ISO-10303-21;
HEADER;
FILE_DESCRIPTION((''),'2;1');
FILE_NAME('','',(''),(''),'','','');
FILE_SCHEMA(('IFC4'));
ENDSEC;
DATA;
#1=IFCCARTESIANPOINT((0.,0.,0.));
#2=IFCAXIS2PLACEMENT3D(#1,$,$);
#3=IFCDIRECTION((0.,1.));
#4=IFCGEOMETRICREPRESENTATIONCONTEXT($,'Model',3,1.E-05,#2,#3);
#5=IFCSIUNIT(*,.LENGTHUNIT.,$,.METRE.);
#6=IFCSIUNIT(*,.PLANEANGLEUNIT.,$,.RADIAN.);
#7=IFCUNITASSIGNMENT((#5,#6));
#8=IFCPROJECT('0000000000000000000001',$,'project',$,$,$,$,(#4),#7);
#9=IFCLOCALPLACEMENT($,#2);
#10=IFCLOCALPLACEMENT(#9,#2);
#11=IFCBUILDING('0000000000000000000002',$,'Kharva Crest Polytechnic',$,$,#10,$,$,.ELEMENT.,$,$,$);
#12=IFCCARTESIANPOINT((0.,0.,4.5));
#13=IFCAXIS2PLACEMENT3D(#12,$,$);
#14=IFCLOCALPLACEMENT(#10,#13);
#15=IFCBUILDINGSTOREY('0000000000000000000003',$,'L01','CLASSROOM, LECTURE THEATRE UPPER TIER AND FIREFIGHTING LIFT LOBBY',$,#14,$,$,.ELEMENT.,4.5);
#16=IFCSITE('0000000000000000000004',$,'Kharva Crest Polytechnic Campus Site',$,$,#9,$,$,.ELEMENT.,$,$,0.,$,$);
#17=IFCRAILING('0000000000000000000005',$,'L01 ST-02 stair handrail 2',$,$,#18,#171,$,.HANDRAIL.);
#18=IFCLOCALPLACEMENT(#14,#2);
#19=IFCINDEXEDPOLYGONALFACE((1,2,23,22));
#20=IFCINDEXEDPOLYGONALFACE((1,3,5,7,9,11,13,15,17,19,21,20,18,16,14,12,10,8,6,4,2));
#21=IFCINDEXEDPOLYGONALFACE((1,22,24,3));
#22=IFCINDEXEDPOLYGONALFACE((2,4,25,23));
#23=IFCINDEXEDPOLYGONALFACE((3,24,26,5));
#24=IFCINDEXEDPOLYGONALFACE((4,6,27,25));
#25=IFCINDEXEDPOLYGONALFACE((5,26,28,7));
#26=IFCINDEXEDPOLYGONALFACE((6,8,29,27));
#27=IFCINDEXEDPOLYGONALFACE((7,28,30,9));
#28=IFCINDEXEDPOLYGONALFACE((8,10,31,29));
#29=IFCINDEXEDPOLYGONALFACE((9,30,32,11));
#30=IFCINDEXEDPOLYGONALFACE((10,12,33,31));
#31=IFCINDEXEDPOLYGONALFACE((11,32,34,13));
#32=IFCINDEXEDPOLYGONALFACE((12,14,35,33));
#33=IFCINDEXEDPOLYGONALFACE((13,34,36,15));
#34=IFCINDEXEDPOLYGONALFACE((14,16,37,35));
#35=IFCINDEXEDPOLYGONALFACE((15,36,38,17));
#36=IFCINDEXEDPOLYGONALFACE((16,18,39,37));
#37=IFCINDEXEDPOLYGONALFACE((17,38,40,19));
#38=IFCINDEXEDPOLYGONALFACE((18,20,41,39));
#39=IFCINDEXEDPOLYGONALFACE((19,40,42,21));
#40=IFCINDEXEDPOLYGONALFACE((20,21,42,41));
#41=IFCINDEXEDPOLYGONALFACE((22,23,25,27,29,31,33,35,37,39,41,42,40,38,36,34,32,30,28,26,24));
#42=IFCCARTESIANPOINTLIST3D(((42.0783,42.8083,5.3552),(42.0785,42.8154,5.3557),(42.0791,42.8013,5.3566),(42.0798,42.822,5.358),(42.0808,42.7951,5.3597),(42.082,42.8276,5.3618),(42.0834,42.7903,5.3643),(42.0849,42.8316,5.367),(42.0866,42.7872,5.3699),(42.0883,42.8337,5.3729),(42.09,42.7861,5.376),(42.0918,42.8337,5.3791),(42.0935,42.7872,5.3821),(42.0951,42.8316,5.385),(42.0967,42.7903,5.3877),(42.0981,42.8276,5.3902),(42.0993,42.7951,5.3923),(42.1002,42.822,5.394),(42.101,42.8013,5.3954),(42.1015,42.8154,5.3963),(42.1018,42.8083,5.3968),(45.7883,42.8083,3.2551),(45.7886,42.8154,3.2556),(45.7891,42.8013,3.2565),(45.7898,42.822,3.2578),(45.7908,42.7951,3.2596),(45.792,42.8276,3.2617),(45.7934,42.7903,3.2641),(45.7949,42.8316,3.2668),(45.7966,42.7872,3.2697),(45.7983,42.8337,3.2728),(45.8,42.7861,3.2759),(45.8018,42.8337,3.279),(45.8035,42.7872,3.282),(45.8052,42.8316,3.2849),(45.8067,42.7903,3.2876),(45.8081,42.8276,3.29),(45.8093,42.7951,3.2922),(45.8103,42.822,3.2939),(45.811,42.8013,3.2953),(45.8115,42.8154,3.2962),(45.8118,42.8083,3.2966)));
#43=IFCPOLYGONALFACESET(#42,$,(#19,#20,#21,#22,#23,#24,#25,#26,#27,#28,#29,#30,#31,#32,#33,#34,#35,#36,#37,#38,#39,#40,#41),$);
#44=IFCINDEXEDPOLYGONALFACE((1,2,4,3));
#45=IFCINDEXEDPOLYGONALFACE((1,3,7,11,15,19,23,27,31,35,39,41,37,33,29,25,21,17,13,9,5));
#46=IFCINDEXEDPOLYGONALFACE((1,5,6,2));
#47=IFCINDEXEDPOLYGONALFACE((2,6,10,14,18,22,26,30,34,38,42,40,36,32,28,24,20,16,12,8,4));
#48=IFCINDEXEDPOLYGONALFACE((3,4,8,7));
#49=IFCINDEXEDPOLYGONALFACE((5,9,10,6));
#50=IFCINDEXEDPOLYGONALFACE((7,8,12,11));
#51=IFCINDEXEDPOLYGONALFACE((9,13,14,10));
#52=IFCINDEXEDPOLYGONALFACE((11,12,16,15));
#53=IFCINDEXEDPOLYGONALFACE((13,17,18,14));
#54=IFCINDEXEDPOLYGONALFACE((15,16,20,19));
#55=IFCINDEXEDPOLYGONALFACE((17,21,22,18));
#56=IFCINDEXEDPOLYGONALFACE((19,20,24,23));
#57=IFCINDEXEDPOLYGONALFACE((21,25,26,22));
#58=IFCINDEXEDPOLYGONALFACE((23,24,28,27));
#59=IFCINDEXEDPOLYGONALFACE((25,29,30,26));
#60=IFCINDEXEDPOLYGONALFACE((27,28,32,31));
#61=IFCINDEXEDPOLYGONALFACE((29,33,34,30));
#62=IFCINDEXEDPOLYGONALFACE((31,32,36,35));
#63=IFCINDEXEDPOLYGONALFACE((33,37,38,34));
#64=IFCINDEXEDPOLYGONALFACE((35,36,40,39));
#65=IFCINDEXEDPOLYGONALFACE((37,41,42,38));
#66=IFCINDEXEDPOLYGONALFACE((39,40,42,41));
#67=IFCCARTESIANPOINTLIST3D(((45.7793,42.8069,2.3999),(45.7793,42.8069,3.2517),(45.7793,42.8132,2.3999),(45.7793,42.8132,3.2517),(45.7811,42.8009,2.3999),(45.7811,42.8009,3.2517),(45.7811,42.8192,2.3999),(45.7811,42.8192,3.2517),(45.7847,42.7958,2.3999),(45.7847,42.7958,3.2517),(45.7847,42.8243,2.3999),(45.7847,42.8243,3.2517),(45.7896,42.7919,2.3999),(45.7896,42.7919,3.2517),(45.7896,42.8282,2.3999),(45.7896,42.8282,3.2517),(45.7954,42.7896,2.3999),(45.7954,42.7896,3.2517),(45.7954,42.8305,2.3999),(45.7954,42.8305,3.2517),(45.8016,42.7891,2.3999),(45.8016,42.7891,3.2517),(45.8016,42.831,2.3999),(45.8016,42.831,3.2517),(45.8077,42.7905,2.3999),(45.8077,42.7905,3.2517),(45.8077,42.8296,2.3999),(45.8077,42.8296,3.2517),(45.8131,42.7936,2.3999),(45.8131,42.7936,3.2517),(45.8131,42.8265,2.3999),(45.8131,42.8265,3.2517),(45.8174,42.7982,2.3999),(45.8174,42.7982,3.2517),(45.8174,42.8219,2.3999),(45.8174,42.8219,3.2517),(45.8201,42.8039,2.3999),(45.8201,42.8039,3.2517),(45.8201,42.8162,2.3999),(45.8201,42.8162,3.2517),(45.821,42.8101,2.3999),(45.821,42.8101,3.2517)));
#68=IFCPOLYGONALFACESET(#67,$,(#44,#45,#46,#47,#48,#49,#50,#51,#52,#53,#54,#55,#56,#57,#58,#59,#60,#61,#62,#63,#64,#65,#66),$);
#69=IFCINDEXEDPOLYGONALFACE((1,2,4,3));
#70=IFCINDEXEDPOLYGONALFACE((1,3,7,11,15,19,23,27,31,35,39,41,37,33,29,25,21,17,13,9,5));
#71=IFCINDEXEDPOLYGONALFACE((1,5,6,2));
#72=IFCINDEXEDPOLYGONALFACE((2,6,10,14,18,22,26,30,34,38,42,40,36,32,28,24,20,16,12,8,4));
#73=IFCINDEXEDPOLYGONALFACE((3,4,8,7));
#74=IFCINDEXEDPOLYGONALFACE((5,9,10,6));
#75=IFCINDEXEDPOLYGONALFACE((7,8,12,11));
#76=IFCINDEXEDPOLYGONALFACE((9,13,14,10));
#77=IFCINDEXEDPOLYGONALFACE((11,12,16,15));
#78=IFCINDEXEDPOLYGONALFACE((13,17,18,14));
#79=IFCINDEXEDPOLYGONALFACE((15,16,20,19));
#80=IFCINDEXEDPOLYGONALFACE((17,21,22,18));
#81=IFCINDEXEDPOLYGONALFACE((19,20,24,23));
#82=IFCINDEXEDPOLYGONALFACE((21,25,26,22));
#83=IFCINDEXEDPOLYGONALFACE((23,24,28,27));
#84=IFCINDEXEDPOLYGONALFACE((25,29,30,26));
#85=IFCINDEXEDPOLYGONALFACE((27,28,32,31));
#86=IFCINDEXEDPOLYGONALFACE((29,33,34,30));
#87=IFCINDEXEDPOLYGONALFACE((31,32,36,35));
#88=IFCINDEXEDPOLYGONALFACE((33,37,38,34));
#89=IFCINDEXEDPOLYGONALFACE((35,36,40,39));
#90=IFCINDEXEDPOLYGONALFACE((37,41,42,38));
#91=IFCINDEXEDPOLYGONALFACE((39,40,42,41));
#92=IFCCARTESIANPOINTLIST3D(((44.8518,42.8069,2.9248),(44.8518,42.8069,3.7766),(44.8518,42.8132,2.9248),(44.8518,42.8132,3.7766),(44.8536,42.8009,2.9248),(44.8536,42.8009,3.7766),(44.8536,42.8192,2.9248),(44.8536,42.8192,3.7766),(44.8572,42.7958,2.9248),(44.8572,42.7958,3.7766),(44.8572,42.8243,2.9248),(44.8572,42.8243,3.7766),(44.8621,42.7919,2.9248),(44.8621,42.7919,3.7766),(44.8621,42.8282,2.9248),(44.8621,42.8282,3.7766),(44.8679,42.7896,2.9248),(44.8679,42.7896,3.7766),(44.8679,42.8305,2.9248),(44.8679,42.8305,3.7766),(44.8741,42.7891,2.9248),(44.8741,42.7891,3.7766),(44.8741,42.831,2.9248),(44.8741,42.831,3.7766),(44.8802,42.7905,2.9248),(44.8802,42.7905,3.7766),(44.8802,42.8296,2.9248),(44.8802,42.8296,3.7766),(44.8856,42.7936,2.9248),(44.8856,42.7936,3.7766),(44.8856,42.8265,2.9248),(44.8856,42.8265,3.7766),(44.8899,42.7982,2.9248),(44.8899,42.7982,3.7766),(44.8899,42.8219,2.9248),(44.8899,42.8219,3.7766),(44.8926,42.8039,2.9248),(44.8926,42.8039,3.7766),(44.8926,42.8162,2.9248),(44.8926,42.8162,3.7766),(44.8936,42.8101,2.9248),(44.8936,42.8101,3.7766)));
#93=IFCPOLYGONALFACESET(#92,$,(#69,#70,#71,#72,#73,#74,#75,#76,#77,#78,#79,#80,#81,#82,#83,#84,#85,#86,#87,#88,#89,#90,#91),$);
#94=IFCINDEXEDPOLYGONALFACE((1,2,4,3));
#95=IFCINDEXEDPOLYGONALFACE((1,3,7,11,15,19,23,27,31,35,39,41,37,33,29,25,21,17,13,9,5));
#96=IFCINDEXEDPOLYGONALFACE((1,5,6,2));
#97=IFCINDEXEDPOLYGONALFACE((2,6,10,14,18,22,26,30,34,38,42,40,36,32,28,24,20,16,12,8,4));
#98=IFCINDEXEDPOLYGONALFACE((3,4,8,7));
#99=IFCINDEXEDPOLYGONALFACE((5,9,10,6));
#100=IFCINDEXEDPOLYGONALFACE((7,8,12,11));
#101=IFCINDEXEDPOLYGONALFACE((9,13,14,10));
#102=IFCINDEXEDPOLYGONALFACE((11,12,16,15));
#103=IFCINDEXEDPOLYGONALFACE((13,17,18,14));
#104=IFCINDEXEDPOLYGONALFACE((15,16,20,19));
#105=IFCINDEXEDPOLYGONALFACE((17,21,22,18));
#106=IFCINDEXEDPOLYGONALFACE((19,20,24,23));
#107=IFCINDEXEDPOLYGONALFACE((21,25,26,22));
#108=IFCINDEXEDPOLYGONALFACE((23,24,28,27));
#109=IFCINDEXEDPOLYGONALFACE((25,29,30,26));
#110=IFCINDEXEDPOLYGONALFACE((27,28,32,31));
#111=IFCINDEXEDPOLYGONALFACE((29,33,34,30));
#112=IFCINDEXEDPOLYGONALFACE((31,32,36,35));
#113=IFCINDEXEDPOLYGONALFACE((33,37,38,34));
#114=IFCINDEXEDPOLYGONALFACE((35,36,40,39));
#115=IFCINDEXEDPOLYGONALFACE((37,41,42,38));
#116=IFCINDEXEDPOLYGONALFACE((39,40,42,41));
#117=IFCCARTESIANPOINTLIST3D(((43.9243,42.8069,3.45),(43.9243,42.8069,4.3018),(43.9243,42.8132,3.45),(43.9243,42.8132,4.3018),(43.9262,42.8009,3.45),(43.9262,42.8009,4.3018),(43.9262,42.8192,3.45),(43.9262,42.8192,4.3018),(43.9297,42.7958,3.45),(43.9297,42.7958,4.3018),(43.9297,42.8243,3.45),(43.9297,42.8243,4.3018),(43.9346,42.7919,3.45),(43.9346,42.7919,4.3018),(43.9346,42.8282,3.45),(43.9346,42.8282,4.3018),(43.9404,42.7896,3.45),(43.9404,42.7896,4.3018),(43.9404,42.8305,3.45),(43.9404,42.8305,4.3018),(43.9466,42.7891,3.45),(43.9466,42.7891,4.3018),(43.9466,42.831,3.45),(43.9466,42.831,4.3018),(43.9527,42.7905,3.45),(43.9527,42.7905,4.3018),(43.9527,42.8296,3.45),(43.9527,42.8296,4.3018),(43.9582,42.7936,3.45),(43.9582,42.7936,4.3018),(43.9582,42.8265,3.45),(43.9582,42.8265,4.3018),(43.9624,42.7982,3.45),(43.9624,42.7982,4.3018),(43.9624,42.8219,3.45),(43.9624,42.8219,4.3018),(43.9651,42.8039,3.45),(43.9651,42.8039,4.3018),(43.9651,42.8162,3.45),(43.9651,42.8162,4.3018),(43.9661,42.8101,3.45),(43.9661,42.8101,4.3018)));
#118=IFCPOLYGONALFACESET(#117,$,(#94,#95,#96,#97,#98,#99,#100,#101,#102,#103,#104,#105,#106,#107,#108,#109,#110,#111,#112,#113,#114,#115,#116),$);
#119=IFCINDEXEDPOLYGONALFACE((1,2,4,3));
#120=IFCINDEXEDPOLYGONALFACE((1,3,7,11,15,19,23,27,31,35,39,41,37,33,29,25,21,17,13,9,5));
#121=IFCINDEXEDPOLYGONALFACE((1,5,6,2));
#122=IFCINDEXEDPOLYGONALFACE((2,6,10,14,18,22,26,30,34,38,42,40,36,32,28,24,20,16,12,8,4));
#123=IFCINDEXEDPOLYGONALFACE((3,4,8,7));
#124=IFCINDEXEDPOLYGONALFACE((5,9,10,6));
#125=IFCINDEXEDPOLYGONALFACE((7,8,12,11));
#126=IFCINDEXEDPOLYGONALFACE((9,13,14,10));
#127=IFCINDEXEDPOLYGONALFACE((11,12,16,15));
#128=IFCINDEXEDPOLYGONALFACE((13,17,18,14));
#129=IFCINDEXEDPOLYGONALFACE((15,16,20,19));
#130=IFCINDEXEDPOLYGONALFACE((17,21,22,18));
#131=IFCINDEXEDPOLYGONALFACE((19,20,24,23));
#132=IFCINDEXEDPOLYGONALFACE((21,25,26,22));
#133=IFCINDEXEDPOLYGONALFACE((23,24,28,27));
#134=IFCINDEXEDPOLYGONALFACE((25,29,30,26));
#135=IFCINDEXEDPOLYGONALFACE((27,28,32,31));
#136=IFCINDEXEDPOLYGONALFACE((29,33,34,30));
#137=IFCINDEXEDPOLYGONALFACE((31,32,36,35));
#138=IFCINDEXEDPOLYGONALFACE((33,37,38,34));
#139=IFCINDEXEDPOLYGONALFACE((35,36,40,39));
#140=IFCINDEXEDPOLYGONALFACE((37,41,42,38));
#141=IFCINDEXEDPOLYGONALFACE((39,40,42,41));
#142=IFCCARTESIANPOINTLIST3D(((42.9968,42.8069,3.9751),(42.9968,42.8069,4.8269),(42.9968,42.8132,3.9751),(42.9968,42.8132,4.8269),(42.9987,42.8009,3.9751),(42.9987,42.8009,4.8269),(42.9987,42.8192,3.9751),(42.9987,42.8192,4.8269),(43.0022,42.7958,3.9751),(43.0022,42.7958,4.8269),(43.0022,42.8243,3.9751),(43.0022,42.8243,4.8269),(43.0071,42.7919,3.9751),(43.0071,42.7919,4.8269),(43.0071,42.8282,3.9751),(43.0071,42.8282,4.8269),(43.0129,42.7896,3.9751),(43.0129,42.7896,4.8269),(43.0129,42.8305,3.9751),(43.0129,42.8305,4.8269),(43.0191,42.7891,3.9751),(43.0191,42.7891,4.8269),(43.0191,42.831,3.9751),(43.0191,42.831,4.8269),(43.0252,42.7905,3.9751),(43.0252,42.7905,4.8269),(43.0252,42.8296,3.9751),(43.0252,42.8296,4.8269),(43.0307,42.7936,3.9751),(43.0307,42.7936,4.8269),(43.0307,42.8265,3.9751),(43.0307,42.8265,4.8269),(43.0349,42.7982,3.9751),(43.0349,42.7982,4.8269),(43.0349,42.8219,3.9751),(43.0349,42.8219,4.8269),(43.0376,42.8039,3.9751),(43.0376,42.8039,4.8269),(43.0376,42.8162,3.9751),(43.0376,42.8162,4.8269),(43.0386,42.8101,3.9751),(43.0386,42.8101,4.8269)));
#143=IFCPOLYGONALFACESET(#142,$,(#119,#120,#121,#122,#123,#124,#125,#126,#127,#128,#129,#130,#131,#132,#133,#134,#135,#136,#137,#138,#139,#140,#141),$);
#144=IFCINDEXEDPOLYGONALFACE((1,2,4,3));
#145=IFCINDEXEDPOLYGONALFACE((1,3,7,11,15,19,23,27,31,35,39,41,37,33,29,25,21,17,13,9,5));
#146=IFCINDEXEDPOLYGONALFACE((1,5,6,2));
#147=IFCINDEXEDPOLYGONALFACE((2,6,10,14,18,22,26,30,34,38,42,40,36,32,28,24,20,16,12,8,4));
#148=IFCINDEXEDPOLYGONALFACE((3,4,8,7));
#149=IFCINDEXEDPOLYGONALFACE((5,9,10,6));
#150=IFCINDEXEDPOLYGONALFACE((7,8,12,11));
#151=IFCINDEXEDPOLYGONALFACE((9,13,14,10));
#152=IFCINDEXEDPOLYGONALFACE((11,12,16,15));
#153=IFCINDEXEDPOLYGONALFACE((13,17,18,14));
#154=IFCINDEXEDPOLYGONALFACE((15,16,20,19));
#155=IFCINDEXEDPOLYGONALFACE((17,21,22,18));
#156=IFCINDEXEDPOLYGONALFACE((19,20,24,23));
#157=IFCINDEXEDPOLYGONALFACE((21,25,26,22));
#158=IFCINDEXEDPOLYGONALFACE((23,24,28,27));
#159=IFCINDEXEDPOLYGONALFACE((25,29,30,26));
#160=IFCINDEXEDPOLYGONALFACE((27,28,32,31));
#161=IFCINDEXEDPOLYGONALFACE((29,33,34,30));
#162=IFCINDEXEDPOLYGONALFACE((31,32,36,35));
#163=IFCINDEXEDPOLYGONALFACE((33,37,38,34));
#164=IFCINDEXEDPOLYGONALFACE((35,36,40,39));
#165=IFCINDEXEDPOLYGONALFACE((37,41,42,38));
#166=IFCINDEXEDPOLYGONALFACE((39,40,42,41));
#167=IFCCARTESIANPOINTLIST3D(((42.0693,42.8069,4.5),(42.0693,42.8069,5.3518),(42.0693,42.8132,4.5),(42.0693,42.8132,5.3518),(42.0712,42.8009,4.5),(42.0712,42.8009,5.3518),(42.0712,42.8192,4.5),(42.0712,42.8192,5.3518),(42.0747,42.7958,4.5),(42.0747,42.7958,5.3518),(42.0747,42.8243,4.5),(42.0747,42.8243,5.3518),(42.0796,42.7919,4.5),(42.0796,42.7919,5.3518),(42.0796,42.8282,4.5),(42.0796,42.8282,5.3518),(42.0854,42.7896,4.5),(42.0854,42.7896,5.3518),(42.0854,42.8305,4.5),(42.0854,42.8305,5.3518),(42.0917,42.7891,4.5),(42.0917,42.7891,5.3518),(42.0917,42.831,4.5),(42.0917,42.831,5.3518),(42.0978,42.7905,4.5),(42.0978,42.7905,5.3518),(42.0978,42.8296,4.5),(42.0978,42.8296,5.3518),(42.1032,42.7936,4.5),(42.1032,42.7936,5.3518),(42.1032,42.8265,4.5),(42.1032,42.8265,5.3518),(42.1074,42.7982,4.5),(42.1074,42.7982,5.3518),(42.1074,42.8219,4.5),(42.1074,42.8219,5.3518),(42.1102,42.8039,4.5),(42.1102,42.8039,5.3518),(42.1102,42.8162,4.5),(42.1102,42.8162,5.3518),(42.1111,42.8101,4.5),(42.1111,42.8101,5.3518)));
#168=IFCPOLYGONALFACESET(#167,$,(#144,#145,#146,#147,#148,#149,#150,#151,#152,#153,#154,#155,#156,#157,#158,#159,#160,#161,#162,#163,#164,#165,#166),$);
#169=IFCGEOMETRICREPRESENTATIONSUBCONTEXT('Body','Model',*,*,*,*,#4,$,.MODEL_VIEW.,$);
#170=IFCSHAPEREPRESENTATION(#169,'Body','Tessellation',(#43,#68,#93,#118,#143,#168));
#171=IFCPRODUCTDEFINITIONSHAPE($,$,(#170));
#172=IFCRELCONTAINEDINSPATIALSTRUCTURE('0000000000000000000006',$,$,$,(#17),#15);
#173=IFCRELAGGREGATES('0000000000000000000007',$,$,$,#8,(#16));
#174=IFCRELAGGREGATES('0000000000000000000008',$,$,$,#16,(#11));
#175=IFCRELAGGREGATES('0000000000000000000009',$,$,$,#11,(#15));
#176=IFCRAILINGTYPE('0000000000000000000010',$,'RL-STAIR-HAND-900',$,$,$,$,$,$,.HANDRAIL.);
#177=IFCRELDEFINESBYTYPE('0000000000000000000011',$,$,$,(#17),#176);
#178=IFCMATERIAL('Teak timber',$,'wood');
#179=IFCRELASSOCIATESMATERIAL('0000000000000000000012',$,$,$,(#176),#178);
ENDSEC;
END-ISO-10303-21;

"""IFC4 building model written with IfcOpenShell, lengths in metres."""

from ifc_helpers import new_model, si_unit, direction, frame, origin, origin_2d, place, context, subcontext, project, spatial, circle, extrude, material, type_object, element, save


model = new_model("IFC4")

# Units and contexts
model_context = context("Model", 3, precision=1e-05, world=origin(), true_north=direction((0.0, 1.0)))
body_context = subcontext(model_context, "Body", "Model", "MODEL_VIEW")
ifc_project = project(units=[si_unit("LENGTHUNIT", "METRE"), si_unit("PLANEANGLEUNIT", "RADIAN")], contexts=[model_context])

# Site, building, storey
site_placement = place(None, origin())
site = spatial("IfcSite", under=ifc_project, at=site_placement, Name="Kharva Crest Polytechnic Campus Site", CompositionType="ELEMENT", RefElevation=0.0)
building_placement = place(site_placement, origin())
building = spatial("IfcBuilding", under=site, at=building_placement, Name="Kharva Crest Polytechnic", CompositionType="ELEMENT")
storey_placement = place(building_placement, frame((0.0, 0.0, 4.5)))
storey = spatial("IfcBuildingStorey", under=building, at=storey_placement, Name="L01", Description="CLASSROOM, LECTURE THEATRE UPPER TIER AND FIREFIGHTING LIFT LOBBY", CompositionType="ELEMENT", Elevation=4.5)

# Railing
ifc_material_1 = material(Name="Teak timber", Category="wood")
railing_type_1 = type_object("IfcRailingType", Name="RL-STAIR-HAND-900", PredefinedType="HANDRAIL", material=ifc_material_1)
railing_1_placement = place(storey_placement, frame((45.8, 42.8101, 2.3999)))
element("IfcRailing", 1, at=railing_1_placement, inside=storey, type_object=railing_type_1, Name="L01 ST-02 stair handrail 2", PredefinedType="HANDRAIL", context=body_context, shape_type="SweptSolid", body=[
    extrude(circle(Radius=0.0239, at=origin_2d()), frame((0.0, 0.0, 0.876), z_axis=(-0.870245, 0.0, 0.492619), x_axis=(0.0, -1.0, 0.0)), (0.0, 0.0, 1.0), 4.2632),
    extrude(circle(Radius=0.021, at=origin_2d()), origin(), (0.0, 0.0, 1.0), 0.8518),
    extrude(circle(Radius=0.021, at=origin_2d()), frame((-0.9275, 0.0, 0.5249)), (0.0, 0.0, 1.0), 0.8518),
    extrude(circle(Radius=0.021, at=origin_2d()), frame((-1.855, 0.0, 1.05)), (0.0, 0.0, 1.0), 0.8518),
    extrude(circle(Radius=0.021, at=origin_2d()), frame((-2.7825, 0.0, 1.5752)), (0.0, 0.0, 1.0), 0.8518),
    extrude(circle(Radius=0.021, at=origin_2d()), frame((-3.71, 0.0, 2.1001)), (0.0, 0.0, 1.0), 0.8518),
])

save(model, "model.ifc")
